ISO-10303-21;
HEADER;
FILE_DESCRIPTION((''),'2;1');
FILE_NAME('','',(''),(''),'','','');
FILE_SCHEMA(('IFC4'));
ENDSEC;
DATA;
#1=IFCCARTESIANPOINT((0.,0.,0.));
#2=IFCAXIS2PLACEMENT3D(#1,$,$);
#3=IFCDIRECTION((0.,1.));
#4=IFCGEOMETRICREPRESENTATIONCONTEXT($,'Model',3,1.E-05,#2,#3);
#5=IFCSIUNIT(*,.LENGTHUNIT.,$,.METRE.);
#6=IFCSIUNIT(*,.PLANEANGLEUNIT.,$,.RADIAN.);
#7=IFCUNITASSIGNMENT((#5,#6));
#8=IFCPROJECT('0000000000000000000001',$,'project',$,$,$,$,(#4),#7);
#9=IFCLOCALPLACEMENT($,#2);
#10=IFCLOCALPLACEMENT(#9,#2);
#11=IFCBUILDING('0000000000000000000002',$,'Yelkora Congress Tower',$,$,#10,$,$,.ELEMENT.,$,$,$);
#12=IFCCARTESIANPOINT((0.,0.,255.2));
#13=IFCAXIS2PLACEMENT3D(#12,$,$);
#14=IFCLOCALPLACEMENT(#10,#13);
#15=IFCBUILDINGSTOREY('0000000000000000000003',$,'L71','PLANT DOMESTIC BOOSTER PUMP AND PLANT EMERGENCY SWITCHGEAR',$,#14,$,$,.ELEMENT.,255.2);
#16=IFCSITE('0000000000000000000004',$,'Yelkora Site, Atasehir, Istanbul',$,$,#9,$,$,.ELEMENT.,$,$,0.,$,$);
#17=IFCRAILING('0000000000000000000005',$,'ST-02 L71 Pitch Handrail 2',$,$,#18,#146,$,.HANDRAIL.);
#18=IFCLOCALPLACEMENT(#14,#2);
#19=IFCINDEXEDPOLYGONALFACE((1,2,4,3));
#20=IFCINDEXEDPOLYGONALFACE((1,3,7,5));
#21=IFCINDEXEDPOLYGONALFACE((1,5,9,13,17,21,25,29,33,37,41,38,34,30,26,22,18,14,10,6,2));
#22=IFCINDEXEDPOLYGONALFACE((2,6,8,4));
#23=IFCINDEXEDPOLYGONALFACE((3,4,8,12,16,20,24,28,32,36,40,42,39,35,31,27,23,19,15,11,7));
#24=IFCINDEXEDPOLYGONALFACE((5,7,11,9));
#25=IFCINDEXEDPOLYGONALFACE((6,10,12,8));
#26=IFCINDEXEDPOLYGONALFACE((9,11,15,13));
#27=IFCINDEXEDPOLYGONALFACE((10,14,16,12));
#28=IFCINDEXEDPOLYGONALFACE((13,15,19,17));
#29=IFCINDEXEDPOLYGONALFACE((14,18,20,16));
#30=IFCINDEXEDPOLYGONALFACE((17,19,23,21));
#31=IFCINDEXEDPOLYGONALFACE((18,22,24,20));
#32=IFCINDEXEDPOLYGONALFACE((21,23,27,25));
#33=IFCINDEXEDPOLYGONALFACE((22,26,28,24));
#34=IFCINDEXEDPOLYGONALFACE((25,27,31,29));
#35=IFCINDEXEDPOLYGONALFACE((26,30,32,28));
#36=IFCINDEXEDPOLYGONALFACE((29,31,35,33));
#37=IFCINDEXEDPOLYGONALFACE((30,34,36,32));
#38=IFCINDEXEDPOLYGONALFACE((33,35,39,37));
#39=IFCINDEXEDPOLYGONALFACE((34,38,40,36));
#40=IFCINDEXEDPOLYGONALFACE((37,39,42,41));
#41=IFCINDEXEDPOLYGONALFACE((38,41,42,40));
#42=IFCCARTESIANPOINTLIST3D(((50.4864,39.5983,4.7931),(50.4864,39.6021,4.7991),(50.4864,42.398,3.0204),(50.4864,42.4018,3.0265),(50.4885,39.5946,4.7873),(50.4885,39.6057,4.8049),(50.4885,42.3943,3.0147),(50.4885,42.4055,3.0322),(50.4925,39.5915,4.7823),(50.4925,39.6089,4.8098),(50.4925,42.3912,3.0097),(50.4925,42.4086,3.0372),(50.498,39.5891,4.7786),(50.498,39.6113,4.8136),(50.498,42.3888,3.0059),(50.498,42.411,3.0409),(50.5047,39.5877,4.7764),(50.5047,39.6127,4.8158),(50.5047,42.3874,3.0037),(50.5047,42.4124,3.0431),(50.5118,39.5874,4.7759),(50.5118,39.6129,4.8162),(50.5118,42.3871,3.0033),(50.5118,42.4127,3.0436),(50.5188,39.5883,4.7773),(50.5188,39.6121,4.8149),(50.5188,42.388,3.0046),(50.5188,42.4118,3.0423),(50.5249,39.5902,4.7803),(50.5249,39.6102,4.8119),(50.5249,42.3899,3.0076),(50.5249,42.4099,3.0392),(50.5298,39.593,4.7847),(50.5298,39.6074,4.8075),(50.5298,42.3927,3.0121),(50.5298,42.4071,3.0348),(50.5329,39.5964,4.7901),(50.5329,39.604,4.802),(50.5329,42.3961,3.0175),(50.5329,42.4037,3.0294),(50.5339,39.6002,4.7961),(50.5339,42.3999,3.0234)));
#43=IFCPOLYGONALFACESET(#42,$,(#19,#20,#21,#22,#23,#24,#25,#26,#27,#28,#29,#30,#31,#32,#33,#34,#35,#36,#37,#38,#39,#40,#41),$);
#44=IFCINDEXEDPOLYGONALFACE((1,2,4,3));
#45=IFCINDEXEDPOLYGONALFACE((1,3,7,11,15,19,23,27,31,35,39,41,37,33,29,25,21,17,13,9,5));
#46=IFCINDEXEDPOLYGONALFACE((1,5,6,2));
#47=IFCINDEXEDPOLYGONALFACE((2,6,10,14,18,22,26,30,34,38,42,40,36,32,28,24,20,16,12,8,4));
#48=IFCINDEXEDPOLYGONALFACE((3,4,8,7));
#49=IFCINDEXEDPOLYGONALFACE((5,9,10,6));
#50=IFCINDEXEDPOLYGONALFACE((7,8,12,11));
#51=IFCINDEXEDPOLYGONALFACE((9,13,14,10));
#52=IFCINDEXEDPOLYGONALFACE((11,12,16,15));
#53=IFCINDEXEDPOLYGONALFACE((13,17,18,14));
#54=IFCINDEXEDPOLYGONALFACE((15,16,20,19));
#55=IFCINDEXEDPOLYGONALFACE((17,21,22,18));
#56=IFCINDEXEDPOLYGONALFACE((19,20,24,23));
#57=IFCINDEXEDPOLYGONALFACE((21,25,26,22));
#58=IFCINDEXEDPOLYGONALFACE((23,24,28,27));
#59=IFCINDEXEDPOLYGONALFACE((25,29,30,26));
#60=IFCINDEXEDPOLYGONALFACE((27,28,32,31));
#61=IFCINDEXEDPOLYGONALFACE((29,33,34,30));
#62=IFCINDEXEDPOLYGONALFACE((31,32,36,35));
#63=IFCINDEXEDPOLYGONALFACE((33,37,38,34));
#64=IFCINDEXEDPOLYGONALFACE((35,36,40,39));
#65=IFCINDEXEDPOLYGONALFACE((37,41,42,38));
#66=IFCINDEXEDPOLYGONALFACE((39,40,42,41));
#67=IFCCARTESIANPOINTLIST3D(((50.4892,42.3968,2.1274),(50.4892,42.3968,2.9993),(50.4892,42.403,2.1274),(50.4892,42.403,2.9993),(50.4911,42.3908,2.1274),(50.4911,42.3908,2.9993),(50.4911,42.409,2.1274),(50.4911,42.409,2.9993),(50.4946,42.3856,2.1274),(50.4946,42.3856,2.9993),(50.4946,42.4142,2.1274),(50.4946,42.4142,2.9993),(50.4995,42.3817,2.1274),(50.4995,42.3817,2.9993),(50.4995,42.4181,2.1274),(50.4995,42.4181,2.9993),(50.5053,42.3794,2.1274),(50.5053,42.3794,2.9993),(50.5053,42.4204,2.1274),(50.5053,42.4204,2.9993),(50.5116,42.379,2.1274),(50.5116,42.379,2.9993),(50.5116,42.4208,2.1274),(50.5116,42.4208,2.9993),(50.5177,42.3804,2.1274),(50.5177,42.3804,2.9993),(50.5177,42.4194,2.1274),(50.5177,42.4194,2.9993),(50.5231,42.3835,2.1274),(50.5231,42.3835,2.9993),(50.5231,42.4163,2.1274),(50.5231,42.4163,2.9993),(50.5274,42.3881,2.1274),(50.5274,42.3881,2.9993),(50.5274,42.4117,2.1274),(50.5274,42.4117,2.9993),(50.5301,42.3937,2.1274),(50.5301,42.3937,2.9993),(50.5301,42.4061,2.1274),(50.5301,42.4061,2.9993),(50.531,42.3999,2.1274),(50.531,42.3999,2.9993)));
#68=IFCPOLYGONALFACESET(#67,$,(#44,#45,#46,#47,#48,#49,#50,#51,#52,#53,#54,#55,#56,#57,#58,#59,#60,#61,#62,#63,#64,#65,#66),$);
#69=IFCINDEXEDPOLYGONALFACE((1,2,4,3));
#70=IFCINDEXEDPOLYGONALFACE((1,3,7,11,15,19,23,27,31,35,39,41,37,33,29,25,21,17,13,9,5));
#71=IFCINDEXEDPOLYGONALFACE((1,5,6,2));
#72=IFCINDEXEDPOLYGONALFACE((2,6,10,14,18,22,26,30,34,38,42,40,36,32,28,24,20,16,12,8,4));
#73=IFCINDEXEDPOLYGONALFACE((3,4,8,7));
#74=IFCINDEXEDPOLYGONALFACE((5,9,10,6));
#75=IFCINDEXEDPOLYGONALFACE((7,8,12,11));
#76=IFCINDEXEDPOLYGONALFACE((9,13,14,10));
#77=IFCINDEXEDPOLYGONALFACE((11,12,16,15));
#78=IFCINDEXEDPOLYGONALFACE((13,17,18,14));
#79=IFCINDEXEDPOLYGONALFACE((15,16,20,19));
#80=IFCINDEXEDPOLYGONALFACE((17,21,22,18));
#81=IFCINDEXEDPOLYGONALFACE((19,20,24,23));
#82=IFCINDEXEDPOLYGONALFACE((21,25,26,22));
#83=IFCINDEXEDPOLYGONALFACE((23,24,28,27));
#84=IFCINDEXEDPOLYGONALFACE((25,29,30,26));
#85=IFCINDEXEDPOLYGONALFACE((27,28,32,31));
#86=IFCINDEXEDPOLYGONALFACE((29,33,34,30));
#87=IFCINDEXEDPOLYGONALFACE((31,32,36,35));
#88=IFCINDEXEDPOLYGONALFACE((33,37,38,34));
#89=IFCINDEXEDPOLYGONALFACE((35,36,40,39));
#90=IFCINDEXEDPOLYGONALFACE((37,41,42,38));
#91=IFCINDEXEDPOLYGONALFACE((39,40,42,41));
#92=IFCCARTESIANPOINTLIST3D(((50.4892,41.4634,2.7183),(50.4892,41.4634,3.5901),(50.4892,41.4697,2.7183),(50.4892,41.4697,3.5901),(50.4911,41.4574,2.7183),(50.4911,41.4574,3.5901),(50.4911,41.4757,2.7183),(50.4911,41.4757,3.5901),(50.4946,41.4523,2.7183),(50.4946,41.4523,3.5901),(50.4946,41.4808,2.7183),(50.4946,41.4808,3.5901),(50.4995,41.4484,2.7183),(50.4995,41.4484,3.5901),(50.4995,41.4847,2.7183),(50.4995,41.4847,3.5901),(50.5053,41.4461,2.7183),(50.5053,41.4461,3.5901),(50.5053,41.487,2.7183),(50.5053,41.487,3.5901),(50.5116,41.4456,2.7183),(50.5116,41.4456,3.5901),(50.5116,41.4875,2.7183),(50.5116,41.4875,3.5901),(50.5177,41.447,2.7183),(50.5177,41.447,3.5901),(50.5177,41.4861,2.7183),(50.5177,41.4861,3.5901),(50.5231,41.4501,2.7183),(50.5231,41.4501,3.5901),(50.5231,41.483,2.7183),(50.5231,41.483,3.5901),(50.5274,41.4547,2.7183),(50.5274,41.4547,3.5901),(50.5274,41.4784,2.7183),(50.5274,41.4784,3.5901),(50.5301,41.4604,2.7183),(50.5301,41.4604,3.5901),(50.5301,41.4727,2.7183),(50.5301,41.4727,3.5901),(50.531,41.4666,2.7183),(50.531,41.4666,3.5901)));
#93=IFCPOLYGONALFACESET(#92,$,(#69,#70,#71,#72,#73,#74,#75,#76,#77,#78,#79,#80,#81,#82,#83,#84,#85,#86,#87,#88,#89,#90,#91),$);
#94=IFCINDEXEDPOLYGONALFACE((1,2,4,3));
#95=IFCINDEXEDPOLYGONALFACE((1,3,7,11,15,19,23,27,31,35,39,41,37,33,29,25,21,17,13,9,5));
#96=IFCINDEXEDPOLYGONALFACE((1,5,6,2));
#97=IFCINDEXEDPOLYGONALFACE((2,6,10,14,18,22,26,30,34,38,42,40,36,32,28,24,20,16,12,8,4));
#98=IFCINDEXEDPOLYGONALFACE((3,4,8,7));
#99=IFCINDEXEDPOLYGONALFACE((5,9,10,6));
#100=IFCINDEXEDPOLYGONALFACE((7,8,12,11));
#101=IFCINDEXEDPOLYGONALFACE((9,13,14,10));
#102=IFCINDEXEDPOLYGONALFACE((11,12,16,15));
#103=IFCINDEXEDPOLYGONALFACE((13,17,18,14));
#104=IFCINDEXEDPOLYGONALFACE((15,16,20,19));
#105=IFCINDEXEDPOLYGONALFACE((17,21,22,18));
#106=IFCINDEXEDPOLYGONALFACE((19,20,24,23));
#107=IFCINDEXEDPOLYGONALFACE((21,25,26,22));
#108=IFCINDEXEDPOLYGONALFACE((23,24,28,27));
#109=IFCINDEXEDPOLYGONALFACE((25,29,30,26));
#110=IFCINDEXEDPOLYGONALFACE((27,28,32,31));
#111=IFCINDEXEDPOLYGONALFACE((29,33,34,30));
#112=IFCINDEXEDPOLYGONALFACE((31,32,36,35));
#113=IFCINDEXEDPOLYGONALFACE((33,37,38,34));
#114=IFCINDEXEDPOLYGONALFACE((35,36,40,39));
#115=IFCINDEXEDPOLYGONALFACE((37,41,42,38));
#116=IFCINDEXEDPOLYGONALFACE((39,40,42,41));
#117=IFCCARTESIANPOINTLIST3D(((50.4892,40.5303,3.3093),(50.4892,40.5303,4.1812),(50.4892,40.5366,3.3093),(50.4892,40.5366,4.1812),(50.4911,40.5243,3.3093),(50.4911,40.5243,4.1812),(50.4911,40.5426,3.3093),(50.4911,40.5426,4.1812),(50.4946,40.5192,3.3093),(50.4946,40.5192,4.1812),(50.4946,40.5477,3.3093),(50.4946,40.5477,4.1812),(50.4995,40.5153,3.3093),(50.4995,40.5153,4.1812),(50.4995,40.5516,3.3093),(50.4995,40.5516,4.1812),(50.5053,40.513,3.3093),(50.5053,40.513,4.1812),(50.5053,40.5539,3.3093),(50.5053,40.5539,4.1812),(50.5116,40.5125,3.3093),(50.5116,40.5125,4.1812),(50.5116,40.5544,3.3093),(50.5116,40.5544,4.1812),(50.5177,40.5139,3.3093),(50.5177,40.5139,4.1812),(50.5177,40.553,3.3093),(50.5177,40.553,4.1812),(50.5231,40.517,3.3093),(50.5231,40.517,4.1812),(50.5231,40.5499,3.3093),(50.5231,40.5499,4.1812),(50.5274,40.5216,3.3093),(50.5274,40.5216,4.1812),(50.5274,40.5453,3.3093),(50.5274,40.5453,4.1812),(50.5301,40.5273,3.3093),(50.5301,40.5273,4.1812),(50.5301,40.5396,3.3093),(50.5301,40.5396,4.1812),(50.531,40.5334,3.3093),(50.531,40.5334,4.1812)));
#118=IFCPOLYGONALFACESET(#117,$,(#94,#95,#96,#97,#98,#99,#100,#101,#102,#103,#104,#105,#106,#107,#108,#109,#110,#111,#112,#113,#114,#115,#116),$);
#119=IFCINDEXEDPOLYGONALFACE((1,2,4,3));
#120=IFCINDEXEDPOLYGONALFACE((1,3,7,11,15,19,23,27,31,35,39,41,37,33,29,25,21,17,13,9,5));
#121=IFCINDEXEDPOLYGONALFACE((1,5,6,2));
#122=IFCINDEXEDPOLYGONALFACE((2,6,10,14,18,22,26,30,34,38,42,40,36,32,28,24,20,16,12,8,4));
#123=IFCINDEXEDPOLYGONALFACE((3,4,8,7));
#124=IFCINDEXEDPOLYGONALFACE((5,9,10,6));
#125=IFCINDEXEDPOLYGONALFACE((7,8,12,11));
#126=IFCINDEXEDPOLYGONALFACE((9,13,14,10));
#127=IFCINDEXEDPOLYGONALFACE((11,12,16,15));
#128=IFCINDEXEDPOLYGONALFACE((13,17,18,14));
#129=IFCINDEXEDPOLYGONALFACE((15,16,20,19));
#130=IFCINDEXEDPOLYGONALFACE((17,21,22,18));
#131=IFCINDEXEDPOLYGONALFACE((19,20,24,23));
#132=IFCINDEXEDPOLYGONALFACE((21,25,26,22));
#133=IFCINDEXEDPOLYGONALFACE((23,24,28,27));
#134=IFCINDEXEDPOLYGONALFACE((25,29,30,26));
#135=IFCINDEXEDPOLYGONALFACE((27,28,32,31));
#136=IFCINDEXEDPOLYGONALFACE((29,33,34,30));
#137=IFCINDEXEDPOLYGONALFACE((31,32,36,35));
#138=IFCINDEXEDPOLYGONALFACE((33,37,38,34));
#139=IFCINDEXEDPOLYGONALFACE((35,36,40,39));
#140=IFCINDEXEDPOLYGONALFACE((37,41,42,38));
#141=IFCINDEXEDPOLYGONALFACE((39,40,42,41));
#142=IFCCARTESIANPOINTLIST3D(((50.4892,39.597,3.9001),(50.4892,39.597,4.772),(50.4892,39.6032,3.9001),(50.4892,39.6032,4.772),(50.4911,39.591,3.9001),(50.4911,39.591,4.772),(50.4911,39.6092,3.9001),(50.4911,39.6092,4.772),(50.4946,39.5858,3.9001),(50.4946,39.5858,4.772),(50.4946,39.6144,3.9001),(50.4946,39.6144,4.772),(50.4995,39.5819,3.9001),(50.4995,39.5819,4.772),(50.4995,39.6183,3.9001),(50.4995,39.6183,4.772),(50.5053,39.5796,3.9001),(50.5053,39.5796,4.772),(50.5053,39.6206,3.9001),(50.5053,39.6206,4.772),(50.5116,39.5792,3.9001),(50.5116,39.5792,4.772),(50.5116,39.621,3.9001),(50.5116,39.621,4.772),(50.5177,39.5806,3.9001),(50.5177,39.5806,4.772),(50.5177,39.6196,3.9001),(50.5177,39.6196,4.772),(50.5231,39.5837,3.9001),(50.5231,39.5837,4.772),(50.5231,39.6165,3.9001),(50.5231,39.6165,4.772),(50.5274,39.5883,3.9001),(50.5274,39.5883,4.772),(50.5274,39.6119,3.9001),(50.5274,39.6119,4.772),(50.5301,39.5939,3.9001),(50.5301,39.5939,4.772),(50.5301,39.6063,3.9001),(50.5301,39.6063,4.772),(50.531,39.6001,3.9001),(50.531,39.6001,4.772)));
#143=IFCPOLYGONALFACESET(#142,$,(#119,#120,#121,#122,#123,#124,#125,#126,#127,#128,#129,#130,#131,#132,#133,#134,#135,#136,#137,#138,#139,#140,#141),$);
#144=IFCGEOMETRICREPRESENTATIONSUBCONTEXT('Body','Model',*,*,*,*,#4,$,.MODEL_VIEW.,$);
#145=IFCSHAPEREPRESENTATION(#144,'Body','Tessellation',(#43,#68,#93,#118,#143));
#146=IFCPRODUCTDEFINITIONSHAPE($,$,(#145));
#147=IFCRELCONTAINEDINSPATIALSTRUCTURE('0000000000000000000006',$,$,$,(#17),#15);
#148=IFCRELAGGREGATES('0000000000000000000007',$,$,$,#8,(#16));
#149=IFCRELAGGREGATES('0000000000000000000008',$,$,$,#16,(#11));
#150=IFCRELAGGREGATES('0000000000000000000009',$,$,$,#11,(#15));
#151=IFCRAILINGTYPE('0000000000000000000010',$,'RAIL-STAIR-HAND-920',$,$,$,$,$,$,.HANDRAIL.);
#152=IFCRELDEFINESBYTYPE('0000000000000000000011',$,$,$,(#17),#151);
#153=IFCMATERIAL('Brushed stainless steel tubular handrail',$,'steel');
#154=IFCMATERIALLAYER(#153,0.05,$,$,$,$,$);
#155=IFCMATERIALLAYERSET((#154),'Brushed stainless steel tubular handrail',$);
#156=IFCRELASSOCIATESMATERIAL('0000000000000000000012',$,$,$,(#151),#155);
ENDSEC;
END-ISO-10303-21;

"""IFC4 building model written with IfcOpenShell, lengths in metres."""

from ifc_helpers import new_model, si_unit, direction, frame, origin, origin_2d, place, context, subcontext, project, spatial, circle, extrude, material, layer, layer_set, type_object, element, save


model = new_model("IFC4")

# Units and contexts
model_context = context("Model", 3, precision=1e-05, world=origin(), true_north=direction((0.0, 1.0)))
body_context = subcontext(model_context, "Body", "Model", "MODEL_VIEW")
ifc_project = project(units=[si_unit("LENGTHUNIT", "METRE"), si_unit("PLANEANGLEUNIT", "RADIAN")], contexts=[model_context])

# Site, building, storey
site_placement = place(None, origin())
site = spatial("IfcSite", under=ifc_project, at=site_placement, Name="Yelkora Site, Atasehir, Istanbul", CompositionType="ELEMENT", RefElevation=0.0)
building_placement = place(site_placement, origin())
building = spatial("IfcBuilding", under=site, at=building_placement, Name="Yelkora Congress Tower", CompositionType="ELEMENT")
storey_placement = place(building_placement, frame((0.0, 0.0, 255.2)))
storey = spatial("IfcBuildingStorey", under=building, at=storey_placement, Name="L71", Description="PLANT DOMESTIC BOOSTER PUMP AND PLANT EMERGENCY SWITCHGEAR", CompositionType="ELEMENT", Elevation=255.2)

# Railing
ifc_material_1 = material(Name="Brushed stainless steel tubular handrail", Category="steel")
ifc_layer_1 = layer(ifc_material_1, 0.05)
ifc_layer_set_1 = layer_set([ifc_layer_1], Name="Brushed stainless steel tubular handrail")
railing_type_1 = type_object("IfcRailingType", Name="RAIL-STAIR-HAND-920", PredefinedType="HANDRAIL", material=ifc_layer_set_1)
railing_1_placement = place(storey_placement, frame((50.51, 42.3999, 2.1274)))
element("IfcRailing", 1, at=railing_1_placement, inside=storey, type_object=railing_type_1, Name="ST-02 L71 Pitch Handrail 2", PredefinedType="HANDRAIL", context=body_context, shape_type="SweptSolid", body=[
    extrude(circle(Radius=0.0239, at=origin_2d()), frame((0.0, 0.0, 0.896), z_axis=(0.0, -0.844888, 0.534943), x_axis=(1.0, 0.0, 0.0)), (0.0, 0.0, 1.0), 3.3137),
    extrude(circle(Radius=0.021, at=origin_2d()), origin(), (0.0, 0.0, 1.0), 0.8718),
    extrude(circle(Radius=0.021, at=origin_2d()), frame((0.0, -0.9333, 0.5908)), (0.0, 0.0, 1.0), 0.8718),
    extrude(circle(Radius=0.021, at=origin_2d()), frame((0.0, -1.8665, 1.1819)), (0.0, 0.0, 1.0), 0.8718),
    extrude(circle(Radius=0.021, at=origin_2d()), frame((0.0, -2.7998, 1.7727)), (0.0, 0.0, 1.0), 0.8718),
])

save(model, "model.ifc")
